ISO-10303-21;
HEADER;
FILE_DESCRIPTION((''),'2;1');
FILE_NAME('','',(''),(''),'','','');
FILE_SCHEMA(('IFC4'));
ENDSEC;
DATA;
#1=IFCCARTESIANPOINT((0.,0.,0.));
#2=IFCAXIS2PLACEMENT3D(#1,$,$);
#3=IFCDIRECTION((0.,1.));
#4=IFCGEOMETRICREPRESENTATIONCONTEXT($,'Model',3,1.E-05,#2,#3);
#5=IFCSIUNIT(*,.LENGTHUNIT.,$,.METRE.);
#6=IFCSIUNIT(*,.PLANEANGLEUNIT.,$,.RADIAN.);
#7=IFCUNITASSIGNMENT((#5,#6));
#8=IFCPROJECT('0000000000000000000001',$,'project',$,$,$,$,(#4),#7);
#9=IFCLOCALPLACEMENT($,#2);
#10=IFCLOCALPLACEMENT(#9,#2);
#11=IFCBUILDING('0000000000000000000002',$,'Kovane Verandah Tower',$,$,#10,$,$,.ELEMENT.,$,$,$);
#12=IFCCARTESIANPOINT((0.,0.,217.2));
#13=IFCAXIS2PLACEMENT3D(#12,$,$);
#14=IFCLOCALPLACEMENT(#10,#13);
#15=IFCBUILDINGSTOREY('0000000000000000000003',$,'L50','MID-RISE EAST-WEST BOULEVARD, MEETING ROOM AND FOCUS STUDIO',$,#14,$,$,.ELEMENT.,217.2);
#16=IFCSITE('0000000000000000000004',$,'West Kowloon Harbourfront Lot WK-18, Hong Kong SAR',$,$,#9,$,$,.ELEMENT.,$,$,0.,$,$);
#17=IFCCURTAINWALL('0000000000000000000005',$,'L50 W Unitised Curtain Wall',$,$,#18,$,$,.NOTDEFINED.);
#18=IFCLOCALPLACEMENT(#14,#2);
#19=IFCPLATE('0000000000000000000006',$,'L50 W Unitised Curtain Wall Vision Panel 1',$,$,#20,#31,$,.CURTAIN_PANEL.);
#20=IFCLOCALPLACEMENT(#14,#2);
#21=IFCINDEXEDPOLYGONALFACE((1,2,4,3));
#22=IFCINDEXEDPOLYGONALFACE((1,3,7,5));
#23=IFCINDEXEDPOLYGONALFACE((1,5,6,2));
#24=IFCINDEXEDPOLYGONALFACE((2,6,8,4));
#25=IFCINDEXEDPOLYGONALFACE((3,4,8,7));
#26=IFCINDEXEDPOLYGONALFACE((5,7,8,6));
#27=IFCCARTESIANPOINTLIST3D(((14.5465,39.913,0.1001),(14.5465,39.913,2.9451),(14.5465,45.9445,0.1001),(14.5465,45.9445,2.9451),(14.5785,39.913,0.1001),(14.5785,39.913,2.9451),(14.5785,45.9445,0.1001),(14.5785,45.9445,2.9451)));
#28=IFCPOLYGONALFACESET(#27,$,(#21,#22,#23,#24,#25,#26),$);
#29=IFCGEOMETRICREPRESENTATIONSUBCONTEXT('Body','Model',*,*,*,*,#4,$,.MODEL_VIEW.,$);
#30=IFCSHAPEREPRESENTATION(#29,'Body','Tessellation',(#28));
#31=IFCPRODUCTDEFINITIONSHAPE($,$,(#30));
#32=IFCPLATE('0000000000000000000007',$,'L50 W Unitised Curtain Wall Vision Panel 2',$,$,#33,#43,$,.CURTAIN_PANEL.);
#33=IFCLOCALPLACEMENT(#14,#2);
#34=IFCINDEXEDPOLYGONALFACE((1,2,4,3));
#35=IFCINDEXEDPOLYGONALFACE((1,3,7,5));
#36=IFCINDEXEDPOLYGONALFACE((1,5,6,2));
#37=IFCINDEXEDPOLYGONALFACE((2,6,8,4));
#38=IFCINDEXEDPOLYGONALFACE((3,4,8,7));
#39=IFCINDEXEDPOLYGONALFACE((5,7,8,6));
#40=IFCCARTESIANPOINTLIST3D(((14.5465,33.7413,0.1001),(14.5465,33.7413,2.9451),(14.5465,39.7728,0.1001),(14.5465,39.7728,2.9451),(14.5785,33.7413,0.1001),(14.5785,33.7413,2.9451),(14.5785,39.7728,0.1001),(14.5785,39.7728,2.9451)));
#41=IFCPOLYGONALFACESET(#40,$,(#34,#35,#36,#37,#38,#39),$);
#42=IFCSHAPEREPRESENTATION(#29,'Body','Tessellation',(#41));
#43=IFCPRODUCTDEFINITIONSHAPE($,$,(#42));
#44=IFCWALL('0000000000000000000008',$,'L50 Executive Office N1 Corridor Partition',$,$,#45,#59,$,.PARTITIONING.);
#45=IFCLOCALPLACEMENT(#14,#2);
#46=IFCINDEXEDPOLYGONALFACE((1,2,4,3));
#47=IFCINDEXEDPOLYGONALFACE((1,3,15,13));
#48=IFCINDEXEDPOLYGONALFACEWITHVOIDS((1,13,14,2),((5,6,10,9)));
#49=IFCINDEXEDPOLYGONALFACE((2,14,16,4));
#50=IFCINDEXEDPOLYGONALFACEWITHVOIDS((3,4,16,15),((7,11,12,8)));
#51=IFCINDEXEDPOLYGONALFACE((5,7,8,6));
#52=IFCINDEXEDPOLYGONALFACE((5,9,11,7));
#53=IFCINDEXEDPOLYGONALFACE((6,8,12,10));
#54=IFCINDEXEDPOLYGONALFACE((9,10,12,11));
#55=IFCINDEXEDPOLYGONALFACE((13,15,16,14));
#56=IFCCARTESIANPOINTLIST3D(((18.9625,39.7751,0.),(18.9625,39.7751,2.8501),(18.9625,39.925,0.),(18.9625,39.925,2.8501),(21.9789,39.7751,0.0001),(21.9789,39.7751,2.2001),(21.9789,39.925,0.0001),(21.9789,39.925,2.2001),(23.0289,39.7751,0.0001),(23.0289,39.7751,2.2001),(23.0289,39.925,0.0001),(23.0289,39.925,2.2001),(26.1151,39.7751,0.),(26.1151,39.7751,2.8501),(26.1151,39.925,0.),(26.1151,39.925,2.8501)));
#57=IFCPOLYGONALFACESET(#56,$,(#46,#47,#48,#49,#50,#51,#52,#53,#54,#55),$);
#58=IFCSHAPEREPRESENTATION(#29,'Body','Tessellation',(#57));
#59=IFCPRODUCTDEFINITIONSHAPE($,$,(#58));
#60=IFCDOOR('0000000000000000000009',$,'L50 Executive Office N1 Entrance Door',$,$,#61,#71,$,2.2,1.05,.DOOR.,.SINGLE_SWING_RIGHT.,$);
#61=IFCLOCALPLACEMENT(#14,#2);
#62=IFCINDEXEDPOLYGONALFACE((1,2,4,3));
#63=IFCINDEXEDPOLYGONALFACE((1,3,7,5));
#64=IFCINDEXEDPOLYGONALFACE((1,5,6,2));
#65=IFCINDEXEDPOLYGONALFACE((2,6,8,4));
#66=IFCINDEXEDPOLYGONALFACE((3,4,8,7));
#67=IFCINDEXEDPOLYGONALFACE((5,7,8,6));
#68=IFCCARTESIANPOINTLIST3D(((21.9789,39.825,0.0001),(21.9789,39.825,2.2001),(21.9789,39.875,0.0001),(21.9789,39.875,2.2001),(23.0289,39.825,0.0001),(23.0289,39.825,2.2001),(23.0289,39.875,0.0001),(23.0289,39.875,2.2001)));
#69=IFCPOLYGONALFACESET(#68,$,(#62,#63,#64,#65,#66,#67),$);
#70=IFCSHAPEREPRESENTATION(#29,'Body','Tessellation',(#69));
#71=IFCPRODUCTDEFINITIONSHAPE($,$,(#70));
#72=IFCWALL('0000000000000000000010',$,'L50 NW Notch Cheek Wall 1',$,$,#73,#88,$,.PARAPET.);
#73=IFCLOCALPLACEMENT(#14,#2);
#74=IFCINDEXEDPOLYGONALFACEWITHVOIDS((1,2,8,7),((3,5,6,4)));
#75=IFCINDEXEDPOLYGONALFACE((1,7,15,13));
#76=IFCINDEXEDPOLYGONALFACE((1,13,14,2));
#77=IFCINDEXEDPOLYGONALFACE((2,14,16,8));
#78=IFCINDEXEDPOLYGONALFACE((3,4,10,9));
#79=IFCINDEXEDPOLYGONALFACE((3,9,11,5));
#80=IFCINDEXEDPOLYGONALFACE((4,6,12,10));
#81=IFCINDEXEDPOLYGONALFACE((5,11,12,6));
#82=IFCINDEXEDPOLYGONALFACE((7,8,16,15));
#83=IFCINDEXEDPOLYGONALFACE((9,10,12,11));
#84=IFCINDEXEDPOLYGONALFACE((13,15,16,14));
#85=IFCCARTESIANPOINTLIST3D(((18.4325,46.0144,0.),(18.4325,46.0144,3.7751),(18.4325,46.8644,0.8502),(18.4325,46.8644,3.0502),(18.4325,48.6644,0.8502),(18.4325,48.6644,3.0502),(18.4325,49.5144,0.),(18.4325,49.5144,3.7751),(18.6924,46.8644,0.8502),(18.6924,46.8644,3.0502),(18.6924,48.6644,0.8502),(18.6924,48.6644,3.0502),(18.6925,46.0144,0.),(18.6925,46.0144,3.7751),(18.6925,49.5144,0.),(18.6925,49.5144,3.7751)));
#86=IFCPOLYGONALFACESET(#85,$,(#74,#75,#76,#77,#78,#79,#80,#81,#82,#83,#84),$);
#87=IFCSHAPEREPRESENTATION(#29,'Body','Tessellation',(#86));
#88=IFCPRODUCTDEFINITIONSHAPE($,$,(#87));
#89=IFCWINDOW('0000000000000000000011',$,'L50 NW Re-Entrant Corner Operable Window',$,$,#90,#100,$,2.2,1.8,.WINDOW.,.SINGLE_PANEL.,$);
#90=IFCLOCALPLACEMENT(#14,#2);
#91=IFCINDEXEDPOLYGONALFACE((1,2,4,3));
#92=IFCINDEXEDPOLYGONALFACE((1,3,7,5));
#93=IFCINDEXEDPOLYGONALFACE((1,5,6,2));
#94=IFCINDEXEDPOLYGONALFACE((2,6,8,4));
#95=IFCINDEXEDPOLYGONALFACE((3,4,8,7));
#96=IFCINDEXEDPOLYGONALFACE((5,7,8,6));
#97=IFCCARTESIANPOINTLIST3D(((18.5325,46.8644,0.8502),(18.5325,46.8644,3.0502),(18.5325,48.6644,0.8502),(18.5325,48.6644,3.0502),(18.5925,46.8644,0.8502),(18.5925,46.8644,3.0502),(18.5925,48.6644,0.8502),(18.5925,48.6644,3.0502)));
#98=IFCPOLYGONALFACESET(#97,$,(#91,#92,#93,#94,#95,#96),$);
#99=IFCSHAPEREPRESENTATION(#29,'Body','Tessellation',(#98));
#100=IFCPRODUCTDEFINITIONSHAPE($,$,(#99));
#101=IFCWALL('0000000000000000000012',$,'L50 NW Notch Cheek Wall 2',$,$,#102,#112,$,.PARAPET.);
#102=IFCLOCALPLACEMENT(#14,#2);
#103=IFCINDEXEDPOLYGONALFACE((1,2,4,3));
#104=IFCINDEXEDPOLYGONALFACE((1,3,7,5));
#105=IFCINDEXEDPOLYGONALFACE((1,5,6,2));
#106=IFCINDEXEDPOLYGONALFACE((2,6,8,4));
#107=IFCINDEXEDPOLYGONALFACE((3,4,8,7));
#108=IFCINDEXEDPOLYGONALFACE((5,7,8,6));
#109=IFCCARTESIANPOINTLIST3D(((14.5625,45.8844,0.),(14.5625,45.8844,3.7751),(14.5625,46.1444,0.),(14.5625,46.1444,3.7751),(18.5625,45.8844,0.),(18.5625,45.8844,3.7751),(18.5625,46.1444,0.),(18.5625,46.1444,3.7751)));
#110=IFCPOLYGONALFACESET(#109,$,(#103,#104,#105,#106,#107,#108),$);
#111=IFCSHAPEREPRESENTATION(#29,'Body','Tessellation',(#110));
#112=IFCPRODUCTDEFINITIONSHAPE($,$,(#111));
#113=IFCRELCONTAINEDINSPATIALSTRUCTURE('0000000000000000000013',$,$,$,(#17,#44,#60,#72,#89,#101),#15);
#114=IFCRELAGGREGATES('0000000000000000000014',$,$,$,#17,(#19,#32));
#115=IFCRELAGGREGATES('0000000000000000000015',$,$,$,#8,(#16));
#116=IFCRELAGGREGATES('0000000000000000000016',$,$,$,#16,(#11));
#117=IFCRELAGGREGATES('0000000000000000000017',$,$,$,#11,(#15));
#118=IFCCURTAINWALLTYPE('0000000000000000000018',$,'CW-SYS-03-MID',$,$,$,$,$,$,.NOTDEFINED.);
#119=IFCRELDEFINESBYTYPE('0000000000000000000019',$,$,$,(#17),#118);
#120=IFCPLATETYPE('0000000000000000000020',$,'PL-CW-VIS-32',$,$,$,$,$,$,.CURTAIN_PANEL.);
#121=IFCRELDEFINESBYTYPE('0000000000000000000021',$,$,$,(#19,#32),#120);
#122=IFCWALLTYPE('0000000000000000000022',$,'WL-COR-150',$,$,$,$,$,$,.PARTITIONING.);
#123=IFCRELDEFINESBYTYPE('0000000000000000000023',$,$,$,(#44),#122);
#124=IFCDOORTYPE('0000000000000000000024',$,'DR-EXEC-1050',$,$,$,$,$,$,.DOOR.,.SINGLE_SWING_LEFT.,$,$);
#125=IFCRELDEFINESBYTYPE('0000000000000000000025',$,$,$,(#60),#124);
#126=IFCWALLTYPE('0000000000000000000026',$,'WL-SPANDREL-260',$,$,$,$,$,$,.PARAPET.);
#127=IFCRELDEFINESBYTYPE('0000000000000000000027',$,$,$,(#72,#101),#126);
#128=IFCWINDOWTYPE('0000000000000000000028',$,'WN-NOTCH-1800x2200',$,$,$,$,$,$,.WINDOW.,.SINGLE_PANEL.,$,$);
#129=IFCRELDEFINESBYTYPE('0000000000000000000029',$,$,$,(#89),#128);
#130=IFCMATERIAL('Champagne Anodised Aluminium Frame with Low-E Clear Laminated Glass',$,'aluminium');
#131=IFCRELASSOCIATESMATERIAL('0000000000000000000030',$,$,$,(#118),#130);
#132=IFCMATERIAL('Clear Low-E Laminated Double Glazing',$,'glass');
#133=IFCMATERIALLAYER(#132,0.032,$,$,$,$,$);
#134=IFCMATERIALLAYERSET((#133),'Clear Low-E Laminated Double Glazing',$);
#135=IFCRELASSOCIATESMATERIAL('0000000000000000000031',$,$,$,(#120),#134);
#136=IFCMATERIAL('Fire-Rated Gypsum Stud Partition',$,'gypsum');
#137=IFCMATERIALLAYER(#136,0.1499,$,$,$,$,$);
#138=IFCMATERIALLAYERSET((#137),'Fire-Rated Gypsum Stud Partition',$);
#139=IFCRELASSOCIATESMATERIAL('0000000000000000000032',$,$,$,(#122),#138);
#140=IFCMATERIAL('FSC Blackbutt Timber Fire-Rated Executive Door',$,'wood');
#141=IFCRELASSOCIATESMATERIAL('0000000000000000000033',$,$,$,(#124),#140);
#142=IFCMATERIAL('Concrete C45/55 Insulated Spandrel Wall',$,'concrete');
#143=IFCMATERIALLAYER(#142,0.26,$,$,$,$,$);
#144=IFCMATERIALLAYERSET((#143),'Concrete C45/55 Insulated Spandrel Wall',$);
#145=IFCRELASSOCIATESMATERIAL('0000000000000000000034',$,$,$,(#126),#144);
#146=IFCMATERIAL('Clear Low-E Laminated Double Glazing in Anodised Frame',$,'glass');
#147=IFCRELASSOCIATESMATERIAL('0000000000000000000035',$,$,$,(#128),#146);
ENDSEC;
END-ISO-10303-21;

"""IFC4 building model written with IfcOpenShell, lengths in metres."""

from ifc_helpers import new_model, si_unit, direction, frame, frame_2d, origin, origin_2d, place, context, subcontext, project, spatial, rectangle, extrude, material, layer, layer_set, type_object, element, fill, aggregate, save


model = new_model("IFC4")

# Units and contexts
model_context = context("Model", 3, precision=1e-05, world=origin(), true_north=direction((0.0, 1.0)))
body_context = subcontext(model_context, "Body", "Model", "MODEL_VIEW")
ifc_project = project(units=[si_unit("LENGTHUNIT", "METRE"), si_unit("PLANEANGLEUNIT", "RADIAN")], contexts=[model_context])

# Site, building, storey
site_placement = place(None, origin())
site = spatial("IfcSite", under=ifc_project, at=site_placement, Name="West Kowloon Harbourfront Lot WK-18, Hong Kong SAR", CompositionType="ELEMENT", RefElevation=0.0)
building_placement = place(site_placement, origin())
building = spatial("IfcBuilding", under=site, at=building_placement, Name="Kovane Verandah Tower", CompositionType="ELEMENT")
storey_placement = place(building_placement, frame((0.0, 0.0, 217.2)))
storey = spatial("IfcBuildingStorey", under=building, at=storey_placement, Name="L50", Description="MID-RISE EAST-WEST BOULEVARD, MEETING ROOM AND FOCUS STUDIO", CompositionType="ELEMENT", Elevation=217.2)

# Curtain wall
ifc_material_1 = material(Name="Champagne Anodised Aluminium Frame with Low-E Clear Laminated Glass", Category="aluminium")
curtain_wall_type = type_object("IfcCurtainWallType", Name="CW-SYS-03-MID", PredefinedType="NOTDEFINED", material=ifc_material_1)
curtain_wall_placement = place(storey_placement, origin())
curtain_wall = element("IfcCurtainWall", 1, at=curtain_wall_placement, inside=storey, type_object=curtain_wall_type, Name="L50 W Unitised Curtain Wall", PredefinedType="NOTDEFINED")

# Plates
ifc_material_2 = material(Name="Clear Low-E Laminated Double Glazing", Category="glass")
ifc_layer_1 = layer(ifc_material_2, 0.032)
ifc_layer_set_1 = layer_set([ifc_layer_1], Name="Clear Low-E Laminated Double Glazing")
plate_type_1 = type_object("IfcPlateType", Name="PL-CW-VIS-32", PredefinedType="CURTAIN_PANEL", material=ifc_layer_set_1)
plate_1_placement = place(storey_placement, frame((14.5625, 42.9287, 0.1001), z_axis=(0.0, 0.0, 1.0), x_axis=(0.0, -1.0, 0.0)))
plate_1 = element("IfcPlate", 2, at=plate_1_placement, type_object=plate_type_1, Name="L50 W Unitised Curtain Wall Vision Panel 1", PredefinedType="CURTAIN_PANEL", context=body_context, shape_type="SweptSolid", body=[
    extrude(rectangle(XDim=6.0315, YDim=0.032, at=origin_2d()), origin(), (0.0, 0.0, 1.0), 2.845),
])
plate_2_placement = place(storey_placement, frame((14.5625, 36.7571, 0.1001), z_axis=(0.0, 0.0, 1.0), x_axis=(0.0, -1.0, 0.0)))
plate_2 = element("IfcPlate", 3, at=plate_2_placement, type_object=plate_type_1, Name="L50 W Unitised Curtain Wall Vision Panel 2", PredefinedType="CURTAIN_PANEL", context=body_context, shape_type="SweptSolid", body=[
    extrude(rectangle(XDim=6.0315, YDim=0.032, at=origin_2d()), origin(), (0.0, 0.0, 1.0), 2.845),
])
aggregate(curtain_wall, [plate_1, plate_2])

# Wall, opening, door
ifc_material_3 = material(Name="Fire-Rated Gypsum Stud Partition", Category="gypsum")
ifc_layer_2 = layer(ifc_material_3, 0.1499)
ifc_layer_set_2 = layer_set([ifc_layer_2], Name="Fire-Rated Gypsum Stud Partition")
wall_type_1 = type_object("IfcWallType", Name="WL-COR-150", PredefinedType="PARTITIONING", material=ifc_layer_set_2)
wall_1_placement = place(storey_placement, frame((18.9626, 39.8501, 0.0), z_axis=(0.0, 0.0, 1.0), x_axis=(1.0, 0.0, 0.0)))
wall_1 = element("IfcWall", 4, at=wall_1_placement, inside=storey, type_object=wall_type_1, Name="L50 Executive Office N1 Corridor Partition", PredefinedType="PARTITIONING", context=body_context, shape_type="SweptSolid", body=[
    extrude(rectangle(XDim=7.1526, YDim=0.1499, at=frame_2d((3.5762, 0.0))), origin(), (0.0, 0.0, 1.0), 2.8501),
])
opening_1_placement = place(wall_1_placement, frame((3.0164, 0.0, 0.0)))
opening_1 = element("IfcOpeningElement", 5, at=opening_1_placement, cuts=wall_1, PredefinedType="OPENING", context=body_context, shape_type="SweptSolid", body=[
    extrude(rectangle(XDim=1.05, YDim=2.2, at=frame_2d((0.5249, 1.1001))), frame((0.0, 0.075, 0.0), z_axis=(0.0, -1.0, 0.0), x_axis=(1.0, 0.0, 0.0)), (0.0, 0.0, 1.0), 0.1499),
])
ifc_material_4 = material(Name="FSC Blackbutt Timber Fire-Rated Executive Door", Category="wood")
door_type = type_object("IfcDoorType", Name="DR-EXEC-1050", OperationType="SINGLE_SWING_LEFT", PredefinedType="DOOR", material=ifc_material_4)
door_placement = place(opening_1_placement, origin())
door = element("IfcDoor", 6, at=door_placement, inside=storey, type_object=door_type, Name="L50 Executive Office N1 Entrance Door", OperationType="SINGLE_SWING_RIGHT", OverallHeight=2.2, OverallWidth=1.05, PredefinedType="DOOR", context=body_context, shape_type="SweptSolid", body=[
    extrude(rectangle(XDim=1.05, YDim=2.2, at=frame_2d((0.5249, 1.1001))), frame((0.0, 0.0249, 0.0), z_axis=(0.0, -1.0, 0.0), x_axis=(1.0, 0.0, 0.0)), (0.0, 0.0, 1.0), 0.05),
])
fill(opening_1, door)

# Wall, opening, window
ifc_material_5 = material(Name="Concrete C45/55 Insulated Spandrel Wall", Category="concrete")
ifc_layer_3 = layer(ifc_material_5, 0.26)
ifc_layer_set_3 = layer_set([ifc_layer_3], Name="Concrete C45/55 Insulated Spandrel Wall")
wall_type_2 = type_object("IfcWallType", Name="WL-SPANDREL-260", PredefinedType="PARAPET", material=ifc_layer_set_3)
wall_2_placement = place(storey_placement, frame((18.5625, 49.5144, 0.0), z_axis=(0.0, 0.0, 1.0), x_axis=(0.0, -1.0, 0.0)))
wall_2 = element("IfcWall", 7, at=wall_2_placement, inside=storey, type_object=wall_type_2, Name="L50 NW Notch Cheek Wall 1", PredefinedType="PARAPET", context=body_context, shape_type="SweptSolid", body=[
    extrude(rectangle(XDim=3.5, YDim=0.26, at=frame_2d((1.75, 0.0))), origin(), (0.0, 0.0, 1.0), 3.7751),
])
opening_2_placement = place(wall_2_placement, frame((0.8501, 0.0, 0.8501)))
opening_2 = element("IfcOpeningElement", 8, at=opening_2_placement, cuts=wall_2, PredefinedType="OPENING", context=body_context, shape_type="SweptSolid", body=[
    extrude(rectangle(XDim=1.8, YDim=2.2, at=frame_2d((0.8999, 1.1001))), frame((0.0, 0.1299, 0.0), z_axis=(0.0, -1.0, 0.0), x_axis=(1.0, 0.0, 0.0)), (0.0, 0.0, 1.0), 0.26),
])
ifc_material_6 = material(Name="Clear Low-E Laminated Double Glazing in Anodised Frame", Category="glass")
window_type = type_object("IfcWindowType", Name="WN-NOTCH-1800x2200", PartitioningType="SINGLE_PANEL", PredefinedType="WINDOW", material=ifc_material_6)
window_placement = place(opening_2_placement, origin())
window = element("IfcWindow", 9, at=window_placement, inside=storey, type_object=window_type, Name="L50 NW Re-Entrant Corner Operable Window", OverallHeight=2.2, OverallWidth=1.8, PartitioningType="SINGLE_PANEL", PredefinedType="WINDOW", context=body_context, shape_type="SweptSolid", body=[
    extrude(rectangle(XDim=1.8, YDim=2.2, at=frame_2d((0.8999, 1.1001))), frame((0.0, 0.03, 0.0), z_axis=(0.0, -1.0, 0.0), x_axis=(1.0, 0.0, 0.0)), (0.0, 0.0, 1.0), 0.0601),
])
fill(opening_2, window)

# Wall
wall_3_placement = place(storey_placement, frame((18.5625, 46.0144, 0.0), z_axis=(0.0, 0.0, 1.0), x_axis=(-1.0, 0.0, 0.0)))
element("IfcWall", 10, at=wall_3_placement, inside=storey, type_object=wall_type_2, Name="L50 NW Notch Cheek Wall 2", PredefinedType="PARAPET", context=body_context, shape_type="SweptSolid", body=[
    extrude(rectangle(XDim=4.0, YDim=0.26, at=frame_2d((2.0, 0.0))), origin(), (0.0, 0.0, 1.0), 3.7751),
])

save(model, "model.ifc")
